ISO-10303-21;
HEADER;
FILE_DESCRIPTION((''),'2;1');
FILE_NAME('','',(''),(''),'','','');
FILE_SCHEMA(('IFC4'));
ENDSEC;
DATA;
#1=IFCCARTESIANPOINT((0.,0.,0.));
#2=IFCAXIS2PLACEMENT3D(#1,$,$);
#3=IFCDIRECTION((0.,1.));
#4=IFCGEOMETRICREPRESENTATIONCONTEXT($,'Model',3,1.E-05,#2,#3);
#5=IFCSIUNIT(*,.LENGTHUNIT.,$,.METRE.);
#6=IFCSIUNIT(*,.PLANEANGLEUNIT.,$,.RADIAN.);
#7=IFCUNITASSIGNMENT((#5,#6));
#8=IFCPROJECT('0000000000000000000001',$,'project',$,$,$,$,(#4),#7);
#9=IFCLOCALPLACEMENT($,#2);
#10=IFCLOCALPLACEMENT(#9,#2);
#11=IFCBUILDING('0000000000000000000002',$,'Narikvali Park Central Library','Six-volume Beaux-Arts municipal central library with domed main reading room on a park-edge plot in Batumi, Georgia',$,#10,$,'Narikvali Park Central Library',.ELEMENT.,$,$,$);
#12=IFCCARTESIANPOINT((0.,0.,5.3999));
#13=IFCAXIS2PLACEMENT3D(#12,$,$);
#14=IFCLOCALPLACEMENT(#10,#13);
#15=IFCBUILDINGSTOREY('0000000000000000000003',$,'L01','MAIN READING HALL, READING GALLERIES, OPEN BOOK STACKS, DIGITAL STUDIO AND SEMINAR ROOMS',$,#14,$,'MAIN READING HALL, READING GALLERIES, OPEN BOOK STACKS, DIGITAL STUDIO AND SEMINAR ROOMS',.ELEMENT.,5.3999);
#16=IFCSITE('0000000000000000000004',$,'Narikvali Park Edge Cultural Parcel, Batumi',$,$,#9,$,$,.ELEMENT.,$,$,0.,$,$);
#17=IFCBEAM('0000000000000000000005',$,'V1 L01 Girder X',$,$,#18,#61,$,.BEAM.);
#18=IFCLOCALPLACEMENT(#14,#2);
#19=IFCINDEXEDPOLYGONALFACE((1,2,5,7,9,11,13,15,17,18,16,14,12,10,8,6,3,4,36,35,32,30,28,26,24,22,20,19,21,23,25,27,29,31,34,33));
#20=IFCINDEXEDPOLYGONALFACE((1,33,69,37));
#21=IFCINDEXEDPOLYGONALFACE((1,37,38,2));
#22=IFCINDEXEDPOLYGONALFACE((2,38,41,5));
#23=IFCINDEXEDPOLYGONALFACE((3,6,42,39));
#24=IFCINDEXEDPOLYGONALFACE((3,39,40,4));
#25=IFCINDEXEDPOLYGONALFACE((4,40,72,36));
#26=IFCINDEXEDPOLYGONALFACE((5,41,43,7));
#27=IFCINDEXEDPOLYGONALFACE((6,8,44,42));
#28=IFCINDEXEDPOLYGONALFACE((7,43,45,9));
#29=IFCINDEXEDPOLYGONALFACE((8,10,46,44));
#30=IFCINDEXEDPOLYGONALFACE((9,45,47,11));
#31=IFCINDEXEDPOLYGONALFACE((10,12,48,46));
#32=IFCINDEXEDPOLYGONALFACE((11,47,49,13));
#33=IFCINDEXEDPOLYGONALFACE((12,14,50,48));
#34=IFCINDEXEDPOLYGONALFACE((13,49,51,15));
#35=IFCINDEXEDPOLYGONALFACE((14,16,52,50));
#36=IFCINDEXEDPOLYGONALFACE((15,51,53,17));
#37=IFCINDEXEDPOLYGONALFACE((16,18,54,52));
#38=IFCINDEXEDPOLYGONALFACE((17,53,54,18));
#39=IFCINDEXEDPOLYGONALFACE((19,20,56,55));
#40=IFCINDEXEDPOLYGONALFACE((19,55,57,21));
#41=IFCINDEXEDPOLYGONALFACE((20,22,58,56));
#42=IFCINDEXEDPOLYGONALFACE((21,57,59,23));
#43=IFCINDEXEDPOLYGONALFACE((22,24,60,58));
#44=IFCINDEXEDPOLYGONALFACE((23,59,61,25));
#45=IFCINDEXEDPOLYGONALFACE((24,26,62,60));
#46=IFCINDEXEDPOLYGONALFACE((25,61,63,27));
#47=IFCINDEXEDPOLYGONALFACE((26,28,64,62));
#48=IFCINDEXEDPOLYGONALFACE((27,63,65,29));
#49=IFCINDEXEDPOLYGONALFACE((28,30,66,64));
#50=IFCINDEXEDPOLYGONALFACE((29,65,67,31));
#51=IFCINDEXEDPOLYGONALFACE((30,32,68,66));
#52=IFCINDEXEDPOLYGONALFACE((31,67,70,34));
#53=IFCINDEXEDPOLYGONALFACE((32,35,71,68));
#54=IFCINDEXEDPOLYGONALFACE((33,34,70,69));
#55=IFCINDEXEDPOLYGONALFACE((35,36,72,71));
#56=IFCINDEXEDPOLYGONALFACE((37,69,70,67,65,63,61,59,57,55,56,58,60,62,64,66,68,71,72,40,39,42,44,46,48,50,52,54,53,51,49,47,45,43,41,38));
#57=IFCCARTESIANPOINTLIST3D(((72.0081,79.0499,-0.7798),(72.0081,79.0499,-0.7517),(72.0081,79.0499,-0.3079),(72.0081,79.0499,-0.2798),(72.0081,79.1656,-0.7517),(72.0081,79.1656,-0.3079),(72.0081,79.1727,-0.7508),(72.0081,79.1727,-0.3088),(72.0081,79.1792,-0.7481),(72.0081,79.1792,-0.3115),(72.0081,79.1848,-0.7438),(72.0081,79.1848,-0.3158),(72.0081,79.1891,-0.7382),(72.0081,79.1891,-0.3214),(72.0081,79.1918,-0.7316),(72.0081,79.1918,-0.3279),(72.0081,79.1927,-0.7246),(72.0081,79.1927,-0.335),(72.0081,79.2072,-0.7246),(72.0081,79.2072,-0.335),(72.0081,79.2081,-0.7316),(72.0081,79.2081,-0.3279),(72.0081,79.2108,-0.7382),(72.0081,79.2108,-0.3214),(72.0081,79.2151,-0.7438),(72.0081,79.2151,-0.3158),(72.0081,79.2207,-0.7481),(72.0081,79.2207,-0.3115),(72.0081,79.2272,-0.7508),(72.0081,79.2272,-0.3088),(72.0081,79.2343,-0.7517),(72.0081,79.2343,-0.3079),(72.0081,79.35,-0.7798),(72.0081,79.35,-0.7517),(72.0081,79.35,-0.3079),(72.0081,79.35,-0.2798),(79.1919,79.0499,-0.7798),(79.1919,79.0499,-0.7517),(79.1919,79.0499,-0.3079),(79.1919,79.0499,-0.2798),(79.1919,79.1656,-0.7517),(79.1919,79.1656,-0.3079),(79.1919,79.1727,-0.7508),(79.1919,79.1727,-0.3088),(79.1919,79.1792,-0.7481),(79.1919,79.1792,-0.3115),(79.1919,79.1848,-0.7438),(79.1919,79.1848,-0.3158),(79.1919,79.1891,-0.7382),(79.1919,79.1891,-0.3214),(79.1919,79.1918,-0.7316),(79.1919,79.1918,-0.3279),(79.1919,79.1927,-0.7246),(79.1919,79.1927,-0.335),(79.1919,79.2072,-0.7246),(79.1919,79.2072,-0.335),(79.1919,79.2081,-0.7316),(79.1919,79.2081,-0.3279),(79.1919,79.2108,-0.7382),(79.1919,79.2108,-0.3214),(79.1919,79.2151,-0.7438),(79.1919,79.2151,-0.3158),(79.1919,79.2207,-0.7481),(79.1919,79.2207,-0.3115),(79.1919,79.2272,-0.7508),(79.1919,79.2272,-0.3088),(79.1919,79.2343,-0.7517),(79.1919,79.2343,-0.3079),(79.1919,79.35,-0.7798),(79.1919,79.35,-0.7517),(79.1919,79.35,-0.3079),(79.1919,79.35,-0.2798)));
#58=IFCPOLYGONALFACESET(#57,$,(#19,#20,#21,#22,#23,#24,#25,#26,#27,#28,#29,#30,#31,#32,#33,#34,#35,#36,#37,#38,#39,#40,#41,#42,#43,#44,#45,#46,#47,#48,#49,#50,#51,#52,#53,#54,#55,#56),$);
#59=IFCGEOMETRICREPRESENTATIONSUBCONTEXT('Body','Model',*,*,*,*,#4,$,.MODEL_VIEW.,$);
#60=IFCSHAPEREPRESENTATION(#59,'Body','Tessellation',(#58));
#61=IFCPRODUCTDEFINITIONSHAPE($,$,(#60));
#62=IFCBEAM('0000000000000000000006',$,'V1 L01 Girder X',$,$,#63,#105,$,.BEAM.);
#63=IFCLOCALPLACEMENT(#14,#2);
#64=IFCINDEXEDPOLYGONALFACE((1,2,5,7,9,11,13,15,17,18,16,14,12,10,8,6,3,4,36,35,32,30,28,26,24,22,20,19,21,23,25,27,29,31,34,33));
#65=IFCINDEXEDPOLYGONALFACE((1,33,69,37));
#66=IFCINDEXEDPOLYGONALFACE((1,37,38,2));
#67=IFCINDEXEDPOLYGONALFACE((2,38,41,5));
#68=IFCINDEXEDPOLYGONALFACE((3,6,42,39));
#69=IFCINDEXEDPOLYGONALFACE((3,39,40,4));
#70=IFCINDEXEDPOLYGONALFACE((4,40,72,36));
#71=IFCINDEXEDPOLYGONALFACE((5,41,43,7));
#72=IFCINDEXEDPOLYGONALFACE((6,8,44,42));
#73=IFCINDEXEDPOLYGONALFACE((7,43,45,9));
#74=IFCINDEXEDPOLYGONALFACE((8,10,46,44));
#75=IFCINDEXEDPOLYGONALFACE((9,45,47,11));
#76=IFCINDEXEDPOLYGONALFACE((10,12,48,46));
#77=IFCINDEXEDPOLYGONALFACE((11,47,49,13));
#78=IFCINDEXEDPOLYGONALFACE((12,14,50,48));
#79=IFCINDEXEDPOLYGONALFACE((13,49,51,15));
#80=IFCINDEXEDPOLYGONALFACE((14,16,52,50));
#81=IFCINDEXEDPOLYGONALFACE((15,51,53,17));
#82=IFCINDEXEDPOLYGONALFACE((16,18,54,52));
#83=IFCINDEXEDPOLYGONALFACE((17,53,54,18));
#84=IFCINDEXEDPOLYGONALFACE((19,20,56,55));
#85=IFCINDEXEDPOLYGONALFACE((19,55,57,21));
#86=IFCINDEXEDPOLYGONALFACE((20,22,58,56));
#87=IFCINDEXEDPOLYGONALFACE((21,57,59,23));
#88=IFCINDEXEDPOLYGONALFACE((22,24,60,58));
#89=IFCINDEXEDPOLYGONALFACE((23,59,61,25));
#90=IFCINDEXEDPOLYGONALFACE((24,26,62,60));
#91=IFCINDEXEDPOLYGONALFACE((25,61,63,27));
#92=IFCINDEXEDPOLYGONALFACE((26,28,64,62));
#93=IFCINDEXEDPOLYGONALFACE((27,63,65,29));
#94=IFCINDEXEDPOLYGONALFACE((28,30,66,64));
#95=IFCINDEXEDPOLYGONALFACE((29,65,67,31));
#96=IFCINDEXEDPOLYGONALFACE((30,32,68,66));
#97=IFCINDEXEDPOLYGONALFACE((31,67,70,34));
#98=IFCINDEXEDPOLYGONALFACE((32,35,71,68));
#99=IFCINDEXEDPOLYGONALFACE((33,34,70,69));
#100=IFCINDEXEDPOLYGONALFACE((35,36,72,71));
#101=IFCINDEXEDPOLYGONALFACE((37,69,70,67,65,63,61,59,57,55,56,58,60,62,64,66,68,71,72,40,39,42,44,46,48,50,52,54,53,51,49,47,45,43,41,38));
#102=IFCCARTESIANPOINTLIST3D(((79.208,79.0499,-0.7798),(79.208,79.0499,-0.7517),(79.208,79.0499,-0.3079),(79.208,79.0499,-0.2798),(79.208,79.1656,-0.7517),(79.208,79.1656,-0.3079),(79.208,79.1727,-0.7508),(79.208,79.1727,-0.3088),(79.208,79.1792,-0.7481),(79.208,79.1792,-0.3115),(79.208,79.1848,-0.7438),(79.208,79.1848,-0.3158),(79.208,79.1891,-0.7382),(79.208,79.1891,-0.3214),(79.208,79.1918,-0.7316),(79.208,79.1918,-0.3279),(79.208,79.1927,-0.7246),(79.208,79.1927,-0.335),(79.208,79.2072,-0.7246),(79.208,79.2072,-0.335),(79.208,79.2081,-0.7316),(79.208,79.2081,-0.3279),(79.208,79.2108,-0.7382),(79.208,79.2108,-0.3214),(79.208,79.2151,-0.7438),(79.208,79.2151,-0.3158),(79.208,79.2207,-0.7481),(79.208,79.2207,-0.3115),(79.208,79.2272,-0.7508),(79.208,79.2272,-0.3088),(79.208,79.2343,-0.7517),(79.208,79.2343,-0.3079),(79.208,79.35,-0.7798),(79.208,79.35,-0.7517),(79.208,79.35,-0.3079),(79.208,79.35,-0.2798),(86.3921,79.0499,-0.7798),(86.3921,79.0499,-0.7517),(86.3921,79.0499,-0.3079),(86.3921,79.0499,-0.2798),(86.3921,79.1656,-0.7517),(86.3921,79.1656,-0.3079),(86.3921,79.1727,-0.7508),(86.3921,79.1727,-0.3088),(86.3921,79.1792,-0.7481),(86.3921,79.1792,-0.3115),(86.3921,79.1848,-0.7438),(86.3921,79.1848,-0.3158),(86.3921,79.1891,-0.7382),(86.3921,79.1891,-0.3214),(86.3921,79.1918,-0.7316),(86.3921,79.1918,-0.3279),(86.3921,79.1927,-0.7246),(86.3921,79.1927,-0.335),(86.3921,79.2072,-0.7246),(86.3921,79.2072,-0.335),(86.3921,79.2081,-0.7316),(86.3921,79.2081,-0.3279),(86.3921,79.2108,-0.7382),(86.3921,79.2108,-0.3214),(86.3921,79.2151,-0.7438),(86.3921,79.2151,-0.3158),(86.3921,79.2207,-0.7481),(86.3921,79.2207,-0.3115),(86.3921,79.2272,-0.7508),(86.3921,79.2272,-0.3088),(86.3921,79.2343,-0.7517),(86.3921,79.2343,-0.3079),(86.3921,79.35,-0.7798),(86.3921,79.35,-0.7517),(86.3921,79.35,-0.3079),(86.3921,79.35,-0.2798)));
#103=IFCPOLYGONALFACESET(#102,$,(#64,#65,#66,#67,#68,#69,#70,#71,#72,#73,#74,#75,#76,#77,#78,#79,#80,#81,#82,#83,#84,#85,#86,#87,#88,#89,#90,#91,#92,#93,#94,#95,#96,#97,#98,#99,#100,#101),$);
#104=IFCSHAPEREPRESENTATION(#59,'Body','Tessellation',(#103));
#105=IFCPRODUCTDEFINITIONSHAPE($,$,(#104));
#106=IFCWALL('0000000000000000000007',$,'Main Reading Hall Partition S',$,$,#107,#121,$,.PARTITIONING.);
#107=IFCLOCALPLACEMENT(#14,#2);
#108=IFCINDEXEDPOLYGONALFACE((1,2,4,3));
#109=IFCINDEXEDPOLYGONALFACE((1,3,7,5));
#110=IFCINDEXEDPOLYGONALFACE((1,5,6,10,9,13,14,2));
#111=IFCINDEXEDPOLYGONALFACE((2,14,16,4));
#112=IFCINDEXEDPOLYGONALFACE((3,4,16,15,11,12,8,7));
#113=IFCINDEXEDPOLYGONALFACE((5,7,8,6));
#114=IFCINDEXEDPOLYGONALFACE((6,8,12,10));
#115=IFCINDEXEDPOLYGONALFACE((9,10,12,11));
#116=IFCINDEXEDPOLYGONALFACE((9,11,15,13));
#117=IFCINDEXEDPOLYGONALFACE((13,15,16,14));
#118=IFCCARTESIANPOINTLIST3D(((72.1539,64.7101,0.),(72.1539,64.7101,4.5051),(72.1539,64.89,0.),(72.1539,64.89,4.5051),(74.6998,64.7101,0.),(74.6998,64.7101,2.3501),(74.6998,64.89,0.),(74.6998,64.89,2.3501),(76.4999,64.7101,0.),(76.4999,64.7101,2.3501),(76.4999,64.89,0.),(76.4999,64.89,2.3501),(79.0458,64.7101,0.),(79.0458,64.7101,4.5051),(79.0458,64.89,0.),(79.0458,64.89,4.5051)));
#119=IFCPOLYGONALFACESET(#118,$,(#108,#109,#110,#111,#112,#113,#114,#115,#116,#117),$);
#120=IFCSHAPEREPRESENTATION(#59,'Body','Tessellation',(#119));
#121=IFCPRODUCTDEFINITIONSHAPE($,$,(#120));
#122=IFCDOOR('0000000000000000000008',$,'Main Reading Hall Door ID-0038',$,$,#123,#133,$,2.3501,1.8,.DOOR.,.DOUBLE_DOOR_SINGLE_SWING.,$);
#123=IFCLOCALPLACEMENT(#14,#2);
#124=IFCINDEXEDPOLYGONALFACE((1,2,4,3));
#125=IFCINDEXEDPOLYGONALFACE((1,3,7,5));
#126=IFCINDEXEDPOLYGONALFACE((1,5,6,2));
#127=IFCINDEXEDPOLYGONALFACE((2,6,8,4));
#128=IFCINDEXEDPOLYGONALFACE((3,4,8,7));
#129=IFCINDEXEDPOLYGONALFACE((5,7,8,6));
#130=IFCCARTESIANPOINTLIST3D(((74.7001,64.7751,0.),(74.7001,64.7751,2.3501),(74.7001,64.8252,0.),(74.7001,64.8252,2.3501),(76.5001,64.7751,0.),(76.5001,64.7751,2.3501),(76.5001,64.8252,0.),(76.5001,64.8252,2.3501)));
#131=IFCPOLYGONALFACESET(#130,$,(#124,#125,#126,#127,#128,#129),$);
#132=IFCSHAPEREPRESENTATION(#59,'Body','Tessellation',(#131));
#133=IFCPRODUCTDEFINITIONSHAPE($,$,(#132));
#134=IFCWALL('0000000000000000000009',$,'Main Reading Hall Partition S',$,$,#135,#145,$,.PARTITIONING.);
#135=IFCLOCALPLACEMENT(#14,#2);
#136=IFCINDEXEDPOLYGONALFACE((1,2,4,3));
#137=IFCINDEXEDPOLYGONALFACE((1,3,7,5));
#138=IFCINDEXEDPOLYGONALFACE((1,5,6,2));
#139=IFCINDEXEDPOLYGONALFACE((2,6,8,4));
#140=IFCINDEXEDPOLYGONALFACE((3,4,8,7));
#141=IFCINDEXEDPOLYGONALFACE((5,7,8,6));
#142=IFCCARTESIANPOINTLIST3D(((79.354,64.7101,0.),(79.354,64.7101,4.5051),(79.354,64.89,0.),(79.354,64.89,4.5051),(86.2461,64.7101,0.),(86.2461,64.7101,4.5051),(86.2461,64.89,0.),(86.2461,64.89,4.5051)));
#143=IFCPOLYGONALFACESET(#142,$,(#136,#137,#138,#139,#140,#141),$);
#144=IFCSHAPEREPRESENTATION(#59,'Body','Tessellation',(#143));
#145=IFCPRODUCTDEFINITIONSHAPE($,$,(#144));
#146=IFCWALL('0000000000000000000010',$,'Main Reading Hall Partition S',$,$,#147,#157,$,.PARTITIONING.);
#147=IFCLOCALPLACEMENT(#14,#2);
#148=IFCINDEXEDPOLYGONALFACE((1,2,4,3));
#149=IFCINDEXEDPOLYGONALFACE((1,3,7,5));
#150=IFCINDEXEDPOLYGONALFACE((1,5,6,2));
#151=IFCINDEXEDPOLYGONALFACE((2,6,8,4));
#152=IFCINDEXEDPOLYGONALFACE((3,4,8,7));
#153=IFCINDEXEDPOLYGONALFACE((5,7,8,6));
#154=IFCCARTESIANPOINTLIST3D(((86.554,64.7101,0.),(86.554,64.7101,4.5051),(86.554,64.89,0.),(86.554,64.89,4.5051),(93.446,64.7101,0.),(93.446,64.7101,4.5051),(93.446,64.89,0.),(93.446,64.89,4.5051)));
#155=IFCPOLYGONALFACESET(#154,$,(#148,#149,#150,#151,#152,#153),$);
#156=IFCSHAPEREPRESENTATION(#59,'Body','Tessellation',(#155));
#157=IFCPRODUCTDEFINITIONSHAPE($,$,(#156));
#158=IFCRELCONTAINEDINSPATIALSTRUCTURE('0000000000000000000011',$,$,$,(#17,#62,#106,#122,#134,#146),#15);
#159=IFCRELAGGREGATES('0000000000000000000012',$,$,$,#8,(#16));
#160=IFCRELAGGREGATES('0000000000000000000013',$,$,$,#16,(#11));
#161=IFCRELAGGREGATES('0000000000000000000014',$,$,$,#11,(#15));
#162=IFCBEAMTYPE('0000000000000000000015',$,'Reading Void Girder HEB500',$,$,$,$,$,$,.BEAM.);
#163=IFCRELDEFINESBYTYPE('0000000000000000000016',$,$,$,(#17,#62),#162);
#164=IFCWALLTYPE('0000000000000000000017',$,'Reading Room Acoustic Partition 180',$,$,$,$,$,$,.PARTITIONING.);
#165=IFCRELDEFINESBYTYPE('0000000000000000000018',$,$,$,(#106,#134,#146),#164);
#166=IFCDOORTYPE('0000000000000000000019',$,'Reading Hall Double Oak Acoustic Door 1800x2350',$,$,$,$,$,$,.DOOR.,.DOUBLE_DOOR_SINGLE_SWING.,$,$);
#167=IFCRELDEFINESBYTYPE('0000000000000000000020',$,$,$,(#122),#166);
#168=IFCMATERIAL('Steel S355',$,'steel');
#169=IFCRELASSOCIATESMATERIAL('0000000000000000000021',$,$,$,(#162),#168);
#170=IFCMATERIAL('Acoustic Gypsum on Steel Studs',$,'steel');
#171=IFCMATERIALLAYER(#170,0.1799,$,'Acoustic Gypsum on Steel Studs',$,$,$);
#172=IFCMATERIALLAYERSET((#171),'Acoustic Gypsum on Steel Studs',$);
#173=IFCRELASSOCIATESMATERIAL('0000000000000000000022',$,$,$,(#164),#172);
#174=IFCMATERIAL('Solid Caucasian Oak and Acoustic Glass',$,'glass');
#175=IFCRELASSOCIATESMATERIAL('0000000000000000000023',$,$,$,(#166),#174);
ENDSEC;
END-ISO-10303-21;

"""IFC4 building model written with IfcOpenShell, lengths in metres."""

from ifc_helpers import new_model, si_unit, direction, frame, frame_2d, origin, origin_2d, place, context, subcontext, project, spatial, rectangle, i_section, extrude, material, layer, layer_set, material_profile, profile_set, type_object, element, fill, save


model = new_model("IFC4")

# Units and contexts
model_context = context("Model", 3, precision=1e-05, world=origin(), true_north=direction((0.0, 1.0)))
body_context = subcontext(model_context, "Body", "Model", "MODEL_VIEW")
ifc_project = project(units=[si_unit("LENGTHUNIT", "METRE"), si_unit("PLANEANGLEUNIT", "RADIAN")], contexts=[model_context])

# Site, building, storey
site_placement = place(None, origin())
site = spatial("IfcSite", under=ifc_project, at=site_placement, Name="Narikvali Park Edge Cultural Parcel, Batumi", CompositionType="ELEMENT", RefElevation=0.0)
building_placement = place(site_placement, origin())
building = spatial("IfcBuilding", under=site, at=building_placement, Name="Narikvali Park Central Library", Description="Six-volume Beaux-Arts municipal central library with domed main reading room on a park-edge plot in Batumi, Georgia", LongName="Narikvali Park Central Library", CompositionType="ELEMENT")
storey_placement = place(building_placement, frame((0.0, 0.0, 5.3999)))
storey = spatial("IfcBuildingStorey", under=building, at=storey_placement, Name="L01", Description="MAIN READING HALL, READING GALLERIES, OPEN BOOK STACKS, DIGITAL STUDIO AND SEMINAR ROOMS", LongName="MAIN READING HALL, READING GALLERIES, OPEN BOOK STACKS, DIGITAL STUDIO AND SEMINAR ROOMS", CompositionType="ELEMENT", Elevation=5.3999)

# Shared definitions
ifc_material_1 = material(Name="Steel S355", Category="steel")

# Beams
ifc_material_profile_1 = material_profile(ifc_material_1, i_section(OverallWidth=0.3, OverallDepth=0.5, WebThickness=0.0144, FlangeThickness=0.0281, FilletRadius=0.0271, at=origin_2d()), Name="HEB 500")
ifc_profile_set_1 = profile_set([ifc_material_profile_1], Name="Steel S355")
beam_type_1 = type_object("IfcBeamType", Name="Reading Void Girder HEB500", PredefinedType="BEAM", material=ifc_profile_set_1)
beam_1_placement = place(storey_placement, frame((72.0081, 79.2, -0.5298), z_axis=(1.0, 0.0, 0.0), x_axis=(0.0, 1.0, 0.0)))
element("IfcBeam", 1, at=beam_1_placement, inside=storey, type_object=beam_type_1, Name="V1 L01 Girder X", PredefinedType="BEAM", context=body_context, shape_type="SweptSolid", body=[
    extrude(i_section(OverallWidth=0.3, OverallDepth=0.5, WebThickness=0.0144, FlangeThickness=0.0281, FilletRadius=0.0271, at=origin_2d()), origin(), (0.0, 0.0, 1.0), 7.1838),
])
beam_2_placement = place(storey_placement, frame((79.208, 79.2, -0.5298), z_axis=(1.0, 0.0, 0.0), x_axis=(0.0, 1.0, 0.0)))
element("IfcBeam", 2, at=beam_2_placement, inside=storey, type_object=beam_type_1, Name="V1 L01 Girder X", PredefinedType="BEAM", context=body_context, shape_type="SweptSolid", body=[
    extrude(i_section(OverallWidth=0.3, OverallDepth=0.5, WebThickness=0.0144, FlangeThickness=0.0281, FilletRadius=0.0271, at=origin_2d()), origin(), (0.0, 0.0, 1.0), 7.1841),
])

# Wall, opening, door
ifc_material_2 = material(Name="Acoustic Gypsum on Steel Studs", Category="steel")
ifc_layer_1 = layer(ifc_material_2, 0.1799, Name="Acoustic Gypsum on Steel Studs")
ifc_layer_set_1 = layer_set([ifc_layer_1], Name="Acoustic Gypsum on Steel Studs")
wall_type = type_object("IfcWallType", Name="Reading Room Acoustic Partition 180", PredefinedType="PARTITIONING", material=ifc_layer_set_1)
wall_placement = place(storey_placement, frame((72.1541, 64.8, 0.0), z_axis=(0.0, 0.0, 1.0), x_axis=(1.0, 0.0, 0.0)))
wall = element("IfcWall", 3, at=wall_placement, inside=storey, type_object=wall_type, Name="Main Reading Hall Partition S", PredefinedType="PARTITIONING", context=body_context, shape_type="SweptSolid", body=[
    extrude(rectangle(XDim=6.8918, YDim=0.1799, at=frame_2d((3.4458, 0.0))), origin(), (0.0, 0.0, 1.0), 4.5051),
])
opening_placement = place(wall_placement, frame((2.5459, 0.0, 0.0)))
opening = element("IfcOpeningElement", 4, at=opening_placement, cuts=wall, PredefinedType="OPENING", context=body_context, shape_type="SweptSolid", body=[
    extrude(rectangle(XDim=1.8, YDim=2.3501, at=frame_2d((0.8999, 1.175))), frame((0.0, 0.1021, 0.0), z_axis=(0.0, -1.0, 0.0), x_axis=(1.0, 0.0, 0.0)), (0.0, 0.0, 1.0), 0.2039),
])
ifc_material_3 = material(Name="Solid Caucasian Oak and Acoustic Glass", Category="glass")
door_type = type_object("IfcDoorType", Name="Reading Hall Double Oak Acoustic Door 1800x2350", OperationType="DOUBLE_DOOR_SINGLE_SWING", PredefinedType="DOOR", material=ifc_material_3)
door_placement = place(opening_placement, frame((1.8, 0.0, 0.0), z_axis=(0.0, 0.0, 1.0), x_axis=(-1.0, 0.0, 0.0)))
door = element("IfcDoor", 5, at=door_placement, inside=storey, type_object=door_type, Name="Main Reading Hall Door ID-0038", OperationType="DOUBLE_DOOR_SINGLE_SWING", OverallHeight=2.3501, OverallWidth=1.8, PredefinedType="DOOR", context=body_context, shape_type="SweptSolid", body=[
    extrude(rectangle(XDim=1.8, YDim=2.3501, at=frame_2d((0.8999, 1.175))), frame((0.0, 0.0249, 0.0), z_axis=(0.0, -1.0, 0.0), x_axis=(1.0, 0.0, 0.0)), (0.0, 0.0, 1.0), 0.05),
])
fill(opening, door)

# Walls
for number, where, z_axis, x_axis, name in (
    (6, (79.354, 64.8, 0.0), (0.0, 0.0, 1.0), (1.0, 0.0, 0.0), "Main Reading Hall Partition S"),
    (7, (86.554, 64.8, 0.0), (0.0, 0.0, 1.0), (1.0, 0.0, 0.0), "Main Reading Hall Partition S"),
):
    element("IfcWall", number, at=place(storey_placement, frame(where, z_axis=z_axis, x_axis=x_axis)), inside=storey, type_object=wall_type, Name=name, PredefinedType="PARTITIONING", context=body_context, shape_type="SweptSolid", body=[
        extrude(rectangle(XDim=6.8921, YDim=0.1799, at=frame_2d((3.446, 0.0))), origin(), (0.0, 0.0, 1.0), 4.5051),
    ])

save(model, "model.ifc")
